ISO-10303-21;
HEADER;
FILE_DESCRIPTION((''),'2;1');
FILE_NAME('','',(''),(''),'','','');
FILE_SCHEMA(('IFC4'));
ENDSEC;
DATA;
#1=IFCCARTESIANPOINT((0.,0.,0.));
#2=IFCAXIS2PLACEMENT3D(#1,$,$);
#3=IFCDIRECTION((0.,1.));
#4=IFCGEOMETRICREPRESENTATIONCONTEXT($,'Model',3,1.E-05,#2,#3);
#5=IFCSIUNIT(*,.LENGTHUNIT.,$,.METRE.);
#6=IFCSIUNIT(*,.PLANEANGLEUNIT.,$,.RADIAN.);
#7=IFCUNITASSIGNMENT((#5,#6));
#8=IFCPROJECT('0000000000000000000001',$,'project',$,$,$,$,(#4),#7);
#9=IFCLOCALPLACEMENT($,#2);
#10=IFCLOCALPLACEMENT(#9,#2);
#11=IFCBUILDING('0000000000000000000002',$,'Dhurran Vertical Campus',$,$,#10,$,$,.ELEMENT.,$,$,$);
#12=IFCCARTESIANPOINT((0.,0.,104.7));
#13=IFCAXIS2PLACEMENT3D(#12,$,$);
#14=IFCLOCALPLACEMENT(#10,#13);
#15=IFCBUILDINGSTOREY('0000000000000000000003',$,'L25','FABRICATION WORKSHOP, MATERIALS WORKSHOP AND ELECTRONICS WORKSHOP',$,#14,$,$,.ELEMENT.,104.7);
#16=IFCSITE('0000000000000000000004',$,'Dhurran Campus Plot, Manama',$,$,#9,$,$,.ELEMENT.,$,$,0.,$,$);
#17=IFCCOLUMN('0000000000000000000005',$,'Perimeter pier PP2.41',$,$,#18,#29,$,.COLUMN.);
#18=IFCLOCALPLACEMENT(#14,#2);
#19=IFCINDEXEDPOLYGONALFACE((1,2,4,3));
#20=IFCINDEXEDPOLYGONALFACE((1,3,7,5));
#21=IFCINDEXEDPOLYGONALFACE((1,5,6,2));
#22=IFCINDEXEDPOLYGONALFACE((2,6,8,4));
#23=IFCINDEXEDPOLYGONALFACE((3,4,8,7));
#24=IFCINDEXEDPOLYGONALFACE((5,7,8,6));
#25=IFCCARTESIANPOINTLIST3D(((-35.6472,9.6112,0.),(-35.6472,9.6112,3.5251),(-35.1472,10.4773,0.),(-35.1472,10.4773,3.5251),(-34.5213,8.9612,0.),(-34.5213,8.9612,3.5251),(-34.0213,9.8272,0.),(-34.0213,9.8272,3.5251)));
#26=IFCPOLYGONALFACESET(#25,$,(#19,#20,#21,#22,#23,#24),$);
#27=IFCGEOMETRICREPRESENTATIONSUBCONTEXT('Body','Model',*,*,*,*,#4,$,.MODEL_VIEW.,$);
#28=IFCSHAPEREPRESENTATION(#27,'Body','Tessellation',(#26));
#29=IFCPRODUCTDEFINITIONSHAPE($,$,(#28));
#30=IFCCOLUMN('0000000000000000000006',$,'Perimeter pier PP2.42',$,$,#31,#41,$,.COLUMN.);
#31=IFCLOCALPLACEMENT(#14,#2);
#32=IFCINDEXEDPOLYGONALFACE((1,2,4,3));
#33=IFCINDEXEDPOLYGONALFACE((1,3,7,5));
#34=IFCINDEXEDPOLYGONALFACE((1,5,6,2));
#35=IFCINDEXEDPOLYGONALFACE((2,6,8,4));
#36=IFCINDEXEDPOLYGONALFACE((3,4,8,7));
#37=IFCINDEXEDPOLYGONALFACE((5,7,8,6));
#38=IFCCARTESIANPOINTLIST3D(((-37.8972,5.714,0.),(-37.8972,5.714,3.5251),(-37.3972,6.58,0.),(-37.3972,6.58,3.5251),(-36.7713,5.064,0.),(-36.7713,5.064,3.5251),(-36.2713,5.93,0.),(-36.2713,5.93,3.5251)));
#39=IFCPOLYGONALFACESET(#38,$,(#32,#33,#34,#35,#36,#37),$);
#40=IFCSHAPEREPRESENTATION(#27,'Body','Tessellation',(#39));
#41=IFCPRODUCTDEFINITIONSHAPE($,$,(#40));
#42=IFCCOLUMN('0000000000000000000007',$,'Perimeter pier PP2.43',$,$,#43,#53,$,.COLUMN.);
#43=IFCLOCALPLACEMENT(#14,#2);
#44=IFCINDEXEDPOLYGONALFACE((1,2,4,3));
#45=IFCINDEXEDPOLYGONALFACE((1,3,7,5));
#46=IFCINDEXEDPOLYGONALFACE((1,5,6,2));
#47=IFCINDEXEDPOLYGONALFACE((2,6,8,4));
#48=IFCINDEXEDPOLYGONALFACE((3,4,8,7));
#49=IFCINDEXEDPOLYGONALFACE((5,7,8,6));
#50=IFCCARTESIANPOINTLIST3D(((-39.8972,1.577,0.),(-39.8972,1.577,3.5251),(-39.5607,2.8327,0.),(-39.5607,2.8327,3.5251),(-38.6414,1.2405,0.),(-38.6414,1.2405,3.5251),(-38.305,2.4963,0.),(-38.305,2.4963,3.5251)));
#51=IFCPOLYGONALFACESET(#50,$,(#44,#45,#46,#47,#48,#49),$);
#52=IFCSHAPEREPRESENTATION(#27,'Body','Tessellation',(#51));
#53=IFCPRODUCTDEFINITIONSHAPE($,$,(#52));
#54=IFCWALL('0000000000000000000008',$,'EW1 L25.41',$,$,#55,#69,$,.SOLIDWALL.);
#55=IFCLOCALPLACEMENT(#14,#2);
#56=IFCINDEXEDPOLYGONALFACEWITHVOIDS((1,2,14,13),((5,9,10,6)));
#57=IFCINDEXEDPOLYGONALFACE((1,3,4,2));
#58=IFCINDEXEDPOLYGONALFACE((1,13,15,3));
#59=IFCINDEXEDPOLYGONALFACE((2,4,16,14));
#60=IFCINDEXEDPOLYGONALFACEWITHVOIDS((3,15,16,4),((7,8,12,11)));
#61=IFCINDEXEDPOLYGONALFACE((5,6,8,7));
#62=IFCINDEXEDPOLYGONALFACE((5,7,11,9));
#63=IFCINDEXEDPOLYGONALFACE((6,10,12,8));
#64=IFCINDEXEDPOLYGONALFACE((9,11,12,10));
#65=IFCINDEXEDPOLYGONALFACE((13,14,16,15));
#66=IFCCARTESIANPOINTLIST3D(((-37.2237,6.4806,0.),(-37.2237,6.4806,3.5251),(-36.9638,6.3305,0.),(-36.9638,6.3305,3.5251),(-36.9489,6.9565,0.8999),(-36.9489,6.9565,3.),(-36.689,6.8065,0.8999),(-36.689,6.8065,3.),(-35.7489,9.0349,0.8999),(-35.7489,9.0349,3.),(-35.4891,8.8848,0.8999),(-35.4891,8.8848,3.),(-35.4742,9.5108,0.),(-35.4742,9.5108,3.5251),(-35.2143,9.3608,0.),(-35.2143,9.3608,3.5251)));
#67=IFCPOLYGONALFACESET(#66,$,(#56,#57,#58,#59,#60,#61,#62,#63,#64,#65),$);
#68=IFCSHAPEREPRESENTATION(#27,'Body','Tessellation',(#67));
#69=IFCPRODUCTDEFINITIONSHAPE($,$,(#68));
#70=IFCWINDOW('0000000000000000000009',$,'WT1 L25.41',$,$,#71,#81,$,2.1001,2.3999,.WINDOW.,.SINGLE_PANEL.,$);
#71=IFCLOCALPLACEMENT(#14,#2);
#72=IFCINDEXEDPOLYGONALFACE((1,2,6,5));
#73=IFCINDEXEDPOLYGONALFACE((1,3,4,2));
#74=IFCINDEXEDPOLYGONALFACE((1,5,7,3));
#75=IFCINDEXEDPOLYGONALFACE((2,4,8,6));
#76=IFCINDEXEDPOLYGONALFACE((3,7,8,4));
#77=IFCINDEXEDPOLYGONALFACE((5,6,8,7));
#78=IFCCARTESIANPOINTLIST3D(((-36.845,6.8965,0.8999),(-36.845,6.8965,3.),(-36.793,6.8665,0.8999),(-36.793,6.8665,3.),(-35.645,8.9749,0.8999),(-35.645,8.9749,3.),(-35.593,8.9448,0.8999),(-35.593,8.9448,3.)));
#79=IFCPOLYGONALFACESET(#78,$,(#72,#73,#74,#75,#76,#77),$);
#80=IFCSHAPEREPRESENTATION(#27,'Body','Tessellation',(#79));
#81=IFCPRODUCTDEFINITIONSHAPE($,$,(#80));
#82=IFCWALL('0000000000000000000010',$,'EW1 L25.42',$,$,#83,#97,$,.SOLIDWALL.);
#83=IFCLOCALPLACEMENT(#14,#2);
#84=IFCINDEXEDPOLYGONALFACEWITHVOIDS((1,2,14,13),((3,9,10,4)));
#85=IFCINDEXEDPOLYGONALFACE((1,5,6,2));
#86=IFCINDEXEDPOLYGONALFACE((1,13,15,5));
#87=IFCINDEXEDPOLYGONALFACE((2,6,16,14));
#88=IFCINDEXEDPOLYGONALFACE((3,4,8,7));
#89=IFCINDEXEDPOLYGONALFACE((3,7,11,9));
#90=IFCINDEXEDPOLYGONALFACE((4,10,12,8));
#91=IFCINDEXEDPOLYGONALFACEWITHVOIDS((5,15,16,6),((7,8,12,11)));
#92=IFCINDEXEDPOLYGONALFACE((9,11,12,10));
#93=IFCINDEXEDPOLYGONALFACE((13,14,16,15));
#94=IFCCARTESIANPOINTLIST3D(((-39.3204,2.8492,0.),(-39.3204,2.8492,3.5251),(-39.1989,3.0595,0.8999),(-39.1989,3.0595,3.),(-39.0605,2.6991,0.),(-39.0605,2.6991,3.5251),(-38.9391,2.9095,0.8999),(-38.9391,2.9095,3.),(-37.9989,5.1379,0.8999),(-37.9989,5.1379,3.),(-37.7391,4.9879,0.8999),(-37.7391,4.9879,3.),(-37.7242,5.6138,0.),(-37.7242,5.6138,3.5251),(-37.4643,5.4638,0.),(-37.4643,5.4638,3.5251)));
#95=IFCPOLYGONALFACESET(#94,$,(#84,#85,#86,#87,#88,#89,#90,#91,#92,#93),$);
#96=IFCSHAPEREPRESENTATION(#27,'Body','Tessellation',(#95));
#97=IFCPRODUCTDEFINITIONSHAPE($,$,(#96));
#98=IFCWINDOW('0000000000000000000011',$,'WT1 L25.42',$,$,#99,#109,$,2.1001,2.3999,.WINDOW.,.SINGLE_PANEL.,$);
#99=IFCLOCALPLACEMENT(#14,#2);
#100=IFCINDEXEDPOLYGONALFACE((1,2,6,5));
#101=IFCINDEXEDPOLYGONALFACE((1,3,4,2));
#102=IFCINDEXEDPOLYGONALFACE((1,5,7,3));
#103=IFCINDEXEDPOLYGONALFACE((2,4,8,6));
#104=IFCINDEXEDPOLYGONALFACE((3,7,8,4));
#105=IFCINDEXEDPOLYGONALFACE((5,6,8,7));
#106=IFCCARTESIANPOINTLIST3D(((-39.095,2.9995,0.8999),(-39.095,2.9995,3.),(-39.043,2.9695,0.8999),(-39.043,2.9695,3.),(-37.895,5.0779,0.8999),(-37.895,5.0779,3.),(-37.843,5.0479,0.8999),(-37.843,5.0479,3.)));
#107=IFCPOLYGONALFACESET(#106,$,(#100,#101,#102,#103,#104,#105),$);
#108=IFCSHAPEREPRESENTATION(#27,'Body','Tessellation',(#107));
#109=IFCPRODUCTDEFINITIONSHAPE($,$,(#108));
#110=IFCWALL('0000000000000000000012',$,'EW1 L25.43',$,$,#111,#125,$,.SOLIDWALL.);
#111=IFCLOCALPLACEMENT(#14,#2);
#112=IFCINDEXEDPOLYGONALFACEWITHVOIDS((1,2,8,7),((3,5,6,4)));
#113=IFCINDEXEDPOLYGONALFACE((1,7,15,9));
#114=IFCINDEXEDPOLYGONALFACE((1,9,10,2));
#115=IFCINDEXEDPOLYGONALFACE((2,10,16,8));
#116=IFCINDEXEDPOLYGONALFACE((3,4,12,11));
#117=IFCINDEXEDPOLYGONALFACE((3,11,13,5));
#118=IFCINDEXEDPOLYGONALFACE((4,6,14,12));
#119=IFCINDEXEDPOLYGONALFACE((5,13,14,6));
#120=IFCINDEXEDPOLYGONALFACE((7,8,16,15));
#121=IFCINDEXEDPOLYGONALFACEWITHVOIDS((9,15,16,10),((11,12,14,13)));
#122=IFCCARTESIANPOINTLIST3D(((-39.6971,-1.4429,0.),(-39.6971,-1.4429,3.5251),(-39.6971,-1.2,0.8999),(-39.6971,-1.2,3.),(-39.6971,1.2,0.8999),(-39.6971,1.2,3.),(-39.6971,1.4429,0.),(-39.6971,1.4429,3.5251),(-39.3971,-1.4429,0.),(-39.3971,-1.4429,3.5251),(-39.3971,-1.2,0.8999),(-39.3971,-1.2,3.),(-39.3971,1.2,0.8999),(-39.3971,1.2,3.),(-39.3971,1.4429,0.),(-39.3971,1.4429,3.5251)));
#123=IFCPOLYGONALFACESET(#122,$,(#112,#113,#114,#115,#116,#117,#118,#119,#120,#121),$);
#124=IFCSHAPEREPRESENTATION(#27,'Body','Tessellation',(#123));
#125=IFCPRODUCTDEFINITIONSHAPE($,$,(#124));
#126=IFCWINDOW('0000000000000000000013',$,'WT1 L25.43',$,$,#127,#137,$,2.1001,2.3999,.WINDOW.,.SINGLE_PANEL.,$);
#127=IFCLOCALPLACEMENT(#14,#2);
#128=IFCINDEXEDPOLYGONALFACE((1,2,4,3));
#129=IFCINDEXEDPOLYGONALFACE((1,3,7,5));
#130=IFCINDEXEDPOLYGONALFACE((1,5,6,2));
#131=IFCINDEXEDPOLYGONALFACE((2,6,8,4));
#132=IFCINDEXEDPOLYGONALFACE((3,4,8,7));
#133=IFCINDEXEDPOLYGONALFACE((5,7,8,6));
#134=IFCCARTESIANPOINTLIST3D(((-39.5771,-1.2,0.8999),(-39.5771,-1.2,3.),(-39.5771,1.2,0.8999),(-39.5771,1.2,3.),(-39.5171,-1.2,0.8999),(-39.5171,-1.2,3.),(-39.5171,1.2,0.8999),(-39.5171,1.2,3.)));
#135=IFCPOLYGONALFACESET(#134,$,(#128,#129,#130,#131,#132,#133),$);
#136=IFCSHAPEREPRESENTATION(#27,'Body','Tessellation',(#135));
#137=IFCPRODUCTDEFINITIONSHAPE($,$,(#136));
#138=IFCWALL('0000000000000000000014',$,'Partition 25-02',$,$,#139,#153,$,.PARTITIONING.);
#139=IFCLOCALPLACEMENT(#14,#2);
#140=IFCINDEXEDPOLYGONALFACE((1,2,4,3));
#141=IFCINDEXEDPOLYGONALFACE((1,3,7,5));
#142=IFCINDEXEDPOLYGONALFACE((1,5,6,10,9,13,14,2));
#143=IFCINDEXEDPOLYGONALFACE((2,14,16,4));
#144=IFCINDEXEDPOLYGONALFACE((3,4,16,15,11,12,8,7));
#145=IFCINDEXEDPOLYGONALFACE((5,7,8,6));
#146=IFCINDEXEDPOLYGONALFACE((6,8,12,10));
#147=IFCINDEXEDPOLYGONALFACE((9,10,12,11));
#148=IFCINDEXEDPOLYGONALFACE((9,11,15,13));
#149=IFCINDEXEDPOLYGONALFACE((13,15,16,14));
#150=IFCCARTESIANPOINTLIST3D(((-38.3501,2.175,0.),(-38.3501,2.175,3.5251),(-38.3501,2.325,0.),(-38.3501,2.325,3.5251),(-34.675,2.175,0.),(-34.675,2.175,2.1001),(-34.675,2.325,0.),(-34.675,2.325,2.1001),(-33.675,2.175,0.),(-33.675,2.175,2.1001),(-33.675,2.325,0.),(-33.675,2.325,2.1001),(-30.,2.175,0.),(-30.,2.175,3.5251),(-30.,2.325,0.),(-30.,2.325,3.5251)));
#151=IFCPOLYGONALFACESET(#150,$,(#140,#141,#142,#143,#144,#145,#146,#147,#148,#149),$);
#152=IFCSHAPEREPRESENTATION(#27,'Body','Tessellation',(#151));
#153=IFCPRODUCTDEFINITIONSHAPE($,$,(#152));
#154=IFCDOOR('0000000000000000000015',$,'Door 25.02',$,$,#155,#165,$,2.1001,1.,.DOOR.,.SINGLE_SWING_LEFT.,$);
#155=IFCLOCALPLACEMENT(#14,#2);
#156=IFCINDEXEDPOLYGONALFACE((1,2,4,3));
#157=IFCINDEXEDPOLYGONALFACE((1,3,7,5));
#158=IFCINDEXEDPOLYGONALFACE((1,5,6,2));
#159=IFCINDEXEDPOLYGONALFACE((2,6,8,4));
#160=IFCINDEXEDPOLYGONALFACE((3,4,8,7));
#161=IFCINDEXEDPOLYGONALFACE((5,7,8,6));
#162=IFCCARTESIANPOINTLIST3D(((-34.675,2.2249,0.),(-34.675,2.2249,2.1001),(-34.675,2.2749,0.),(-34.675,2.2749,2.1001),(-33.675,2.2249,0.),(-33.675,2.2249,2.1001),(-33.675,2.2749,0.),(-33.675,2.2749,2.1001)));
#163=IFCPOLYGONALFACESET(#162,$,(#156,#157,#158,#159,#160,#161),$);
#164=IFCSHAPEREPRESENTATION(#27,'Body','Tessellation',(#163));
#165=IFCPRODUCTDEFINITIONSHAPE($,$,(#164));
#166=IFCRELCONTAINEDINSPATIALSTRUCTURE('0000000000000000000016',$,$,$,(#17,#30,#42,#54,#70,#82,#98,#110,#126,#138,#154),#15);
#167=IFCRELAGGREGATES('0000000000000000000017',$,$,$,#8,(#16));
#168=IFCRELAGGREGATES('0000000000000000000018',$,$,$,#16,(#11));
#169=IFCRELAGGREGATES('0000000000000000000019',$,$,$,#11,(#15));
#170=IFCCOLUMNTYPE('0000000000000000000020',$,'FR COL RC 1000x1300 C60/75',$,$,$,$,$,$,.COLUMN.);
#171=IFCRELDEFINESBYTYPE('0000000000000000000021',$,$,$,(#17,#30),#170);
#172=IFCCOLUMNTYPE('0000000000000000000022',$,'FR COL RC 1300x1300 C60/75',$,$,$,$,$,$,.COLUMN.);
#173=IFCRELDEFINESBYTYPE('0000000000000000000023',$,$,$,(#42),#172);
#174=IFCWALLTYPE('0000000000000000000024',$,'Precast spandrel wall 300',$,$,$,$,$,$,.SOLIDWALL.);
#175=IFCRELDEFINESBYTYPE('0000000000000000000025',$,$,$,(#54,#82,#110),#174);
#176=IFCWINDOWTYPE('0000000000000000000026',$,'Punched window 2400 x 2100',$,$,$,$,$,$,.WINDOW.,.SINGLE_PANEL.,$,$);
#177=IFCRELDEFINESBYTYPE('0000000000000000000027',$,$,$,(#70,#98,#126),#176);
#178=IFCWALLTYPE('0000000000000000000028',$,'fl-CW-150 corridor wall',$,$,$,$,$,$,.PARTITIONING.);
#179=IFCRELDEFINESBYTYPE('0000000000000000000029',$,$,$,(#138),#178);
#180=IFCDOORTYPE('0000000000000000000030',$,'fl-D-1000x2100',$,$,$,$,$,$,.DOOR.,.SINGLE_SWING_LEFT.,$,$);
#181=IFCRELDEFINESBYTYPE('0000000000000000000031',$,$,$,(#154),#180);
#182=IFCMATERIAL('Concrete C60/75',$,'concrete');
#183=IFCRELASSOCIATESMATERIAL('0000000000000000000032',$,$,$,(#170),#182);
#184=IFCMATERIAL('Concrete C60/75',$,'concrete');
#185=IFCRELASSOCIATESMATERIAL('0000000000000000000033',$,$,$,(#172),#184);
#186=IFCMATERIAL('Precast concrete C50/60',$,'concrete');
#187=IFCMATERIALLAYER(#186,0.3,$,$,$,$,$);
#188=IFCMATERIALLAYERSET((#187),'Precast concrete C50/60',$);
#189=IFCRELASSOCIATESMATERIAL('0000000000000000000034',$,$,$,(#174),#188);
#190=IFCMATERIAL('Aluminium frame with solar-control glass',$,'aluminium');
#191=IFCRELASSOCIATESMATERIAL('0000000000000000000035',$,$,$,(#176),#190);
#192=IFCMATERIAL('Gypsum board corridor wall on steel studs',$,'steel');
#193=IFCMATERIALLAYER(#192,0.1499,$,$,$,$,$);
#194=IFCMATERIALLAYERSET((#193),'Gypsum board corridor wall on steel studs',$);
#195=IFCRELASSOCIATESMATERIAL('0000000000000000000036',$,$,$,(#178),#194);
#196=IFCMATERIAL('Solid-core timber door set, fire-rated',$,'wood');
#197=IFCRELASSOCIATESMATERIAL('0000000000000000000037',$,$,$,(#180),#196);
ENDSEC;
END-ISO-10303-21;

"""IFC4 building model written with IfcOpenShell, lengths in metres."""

from ifc_helpers import new_model, si_unit, direction, frame, frame_2d, origin, origin_2d, place, context, subcontext, project, spatial, rectangle, extrude, material, layer, layer_set, material_profile, profile_set, type_object, element, fill, save


model = new_model("IFC4")

# Units and contexts
model_context = context("Model", 3, precision=1e-05, world=origin(), true_north=direction((0.0, 1.0)))
body_context = subcontext(model_context, "Body", "Model", "MODEL_VIEW")
ifc_project = project(units=[si_unit("LENGTHUNIT", "METRE"), si_unit("PLANEANGLEUNIT", "RADIAN")], contexts=[model_context])

# Site, building, storey
site_placement = place(None, origin())
site = spatial("IfcSite", under=ifc_project, at=site_placement, Name="Dhurran Campus Plot, Manama", CompositionType="ELEMENT", RefElevation=0.0)
building_placement = place(site_placement, origin())
building = spatial("IfcBuilding", under=site, at=building_placement, Name="Dhurran Vertical Campus", CompositionType="ELEMENT")
storey_placement = place(building_placement, frame((0.0, 0.0, 104.7)))
storey = spatial("IfcBuildingStorey", under=building, at=storey_placement, Name="L25", Description="FABRICATION WORKSHOP, MATERIALS WORKSHOP AND ELECTRONICS WORKSHOP", CompositionType="ELEMENT", Elevation=104.7)

# Columns
ifc_material_1 = material(Name="Concrete C60/75", Category="concrete")
ifc_material_profile_1 = material_profile(ifc_material_1, rectangle(XDim=1.0, YDim=1.3, at=origin_2d()), Name="RC 1000x1300")
ifc_profile_set_1 = profile_set([ifc_material_profile_1], Name="Concrete C60/75")
column_type_1 = type_object("IfcColumnType", Name="FR COL RC 1000x1300 C60/75", PredefinedType="COLUMN", material=ifc_profile_set_1)
for number, where, z_axis, x_axis, name in (
    (1, (-34.8342, 9.7192, 0.0), (0.0, 0.0, 1.0), (-0.5, -0.866025, 0.0), "Perimeter pier PP2.41"),
    (2, (-37.0842, 5.822, 0.0), (0.0, 0.0, 1.0), (-0.5, -0.866025, 0.0), "Perimeter pier PP2.42"),
):
    element("IfcColumn", number, at=place(storey_placement, frame(where, z_axis=z_axis, x_axis=x_axis)), inside=storey, type_object=column_type_1, Name=name, PredefinedType="COLUMN", context=body_context, shape_type="SweptSolid", body=[
        extrude(rectangle(XDim=1.0, YDim=1.3, at=origin_2d()), origin(), (0.0, 0.0, 1.0), 3.5251),
    ])
ifc_material_2 = material(Name="Concrete C60/75", Category="concrete")
ifc_material_profile_2 = material_profile(ifc_material_2, rectangle(XDim=1.3, YDim=1.3, at=origin_2d()), Name="RC 1300x1300")
ifc_profile_set_2 = profile_set([ifc_material_profile_2], Name="Concrete C60/75")
column_type_2 = type_object("IfcColumnType", Name="FR COL RC 1300x1300 C60/75", PredefinedType="COLUMN", material=ifc_profile_set_2)
column_placement = place(storey_placement, frame((-39.1011, 2.0366, 0.0), z_axis=(0.0, 0.0, 1.0), x_axis=(-0.258819, -0.965926, 0.0)))
element("IfcColumn", 3, at=column_placement, inside=storey, type_object=column_type_2, Name="Perimeter pier PP2.43", PredefinedType="COLUMN", context=body_context, shape_type="SweptSolid", body=[
    extrude(rectangle(XDim=1.3, YDim=1.3, at=origin_2d()), origin(), (0.0, 0.0, 1.0), 3.5251),
])

# Walls, openings, windows
ifc_material_3 = material(Name="Precast concrete C50/60", Category="concrete")
ifc_layer_1 = layer(ifc_material_3, 0.3)
ifc_layer_set_1 = layer_set([ifc_layer_1], Name="Precast concrete C50/60")
wall_type_1 = type_object("IfcWallType", Name="Precast spandrel wall 300", PredefinedType="SOLIDWALL", material=ifc_layer_set_1)
wall_1_placement = place(storey_placement, frame((-35.3442, 9.4358, 0.0), z_axis=(0.0, 0.0, 1.0), x_axis=(-0.499996, -0.866028, 0.0)))
wall_1 = element("IfcWall", 4, at=wall_1_placement, inside=storey, type_object=wall_type_1, Name="EW1 L25.41", PredefinedType="SOLIDWALL", context=body_context, shape_type="SweptSolid", body=[
    extrude(rectangle(XDim=3.499, YDim=0.3, at=frame_2d((1.7495, 0.0))), origin(), (0.0, 0.0, 1.0), 3.5251),
])
opening_1_placement = place(wall_1_placement, frame((0.5496, 0.0, 0.8999)))
opening_1 = element("IfcOpeningElement", 5, at=opening_1_placement, cuts=wall_1, PredefinedType="OPENING", context=body_context, shape_type="SweptSolid", body=[
    extrude(rectangle(XDim=2.3999, YDim=2.1001, at=frame_2d((1.2, 1.05))), frame((0.0, 0.1599, 0.0), z_axis=(0.0, -1.0, 0.0), x_axis=(1.0, 0.0, 0.0)), (0.0, 0.0, 1.0), 0.3201),
])
ifc_material_4 = material(Name="Aluminium frame with solar-control glass", Category="aluminium")
window_type = type_object("IfcWindowType", Name="Punched window 2400 x 2100", PartitioningType="SINGLE_PANEL", PredefinedType="WINDOW", material=ifc_material_4)
window_1_placement = place(opening_1_placement, origin())
window_1 = element("IfcWindow", 6, at=window_1_placement, inside=storey, type_object=window_type, Name="WT1 L25.41", OverallHeight=2.1001, OverallWidth=2.3999, PartitioningType="SINGLE_PANEL", PredefinedType="WINDOW", context=body_context, shape_type="SweptSolid", body=[
    extrude(rectangle(XDim=2.3999, YDim=2.1001, at=frame_2d((1.2, 1.05))), frame((0.0, 0.03, 0.0), z_axis=(0.0, -1.0, 0.0), x_axis=(1.0, 0.0, 0.0)), (0.0, 0.0, 1.0), 0.0601),
])
fill(opening_1, window_1)
wall_2_placement = place(storey_placement, frame((-37.5942, 5.5388, 0.0), z_axis=(0.0, 0.0, 1.0), x_axis=(-0.500005, -0.866023, 0.0)))
wall_2 = element("IfcWall", 7, at=wall_2_placement, inside=storey, type_object=wall_type_1, Name="EW1 L25.42", PredefinedType="SOLIDWALL", context=body_context, shape_type="SweptSolid", body=[
    extrude(rectangle(XDim=3.1924, YDim=0.3, at=frame_2d((1.5962, 0.0))), origin(), (0.0, 0.0, 1.0), 3.5251),
])
opening_2_placement = place(wall_2_placement, frame((0.5496, 0.0, 0.8999)))
opening_2 = element("IfcOpeningElement", 8, at=opening_2_placement, cuts=wall_2, PredefinedType="OPENING", context=body_context, shape_type="SweptSolid", body=[
    extrude(rectangle(XDim=2.3999, YDim=2.1001, at=frame_2d((1.2, 1.05))), frame((0.0, 0.1599, 0.0), z_axis=(0.0, -1.0, 0.0), x_axis=(1.0, 0.0, 0.0)), (0.0, 0.0, 1.0), 0.3201),
])
window_2_placement = place(opening_2_placement, origin())
window_2 = element("IfcWindow", 9, at=window_2_placement, inside=storey, type_object=window_type, Name="WT1 L25.42", OverallHeight=2.1001, OverallWidth=2.3999, PartitioningType="SINGLE_PANEL", PredefinedType="WINDOW", context=body_context, shape_type="SweptSolid", body=[
    extrude(rectangle(XDim=2.3999, YDim=2.1001, at=frame_2d((1.2, 1.05))), frame((0.0, 0.03, 0.0), z_axis=(0.0, -1.0, 0.0), x_axis=(1.0, 0.0, 0.0)), (0.0, 0.0, 1.0), 0.0601),
])
fill(opening_2, window_2)
wall_3_placement = place(storey_placement, frame((-39.5471, 1.4429, 0.0), z_axis=(0.0, 0.0, 1.0), x_axis=(0.0, -1.0, 0.0)))
wall_3 = element("IfcWall", 10, at=wall_3_placement, inside=storey, type_object=wall_type_1, Name="EW1 L25.43", PredefinedType="SOLIDWALL", context=body_context, shape_type="SweptSolid", body=[
    extrude(rectangle(XDim=2.8857, YDim=0.3, at=frame_2d((1.4429, 0.0))), origin(), (0.0, 0.0, 1.0), 3.5251),
])
opening_3_placement = place(wall_3_placement, frame((0.2429, 0.0, 0.8999)))
opening_3 = element("IfcOpeningElement", 11, at=opening_3_placement, cuts=wall_3, PredefinedType="OPENING", context=body_context, shape_type="SweptSolid", body=[
    extrude(rectangle(XDim=2.3999, YDim=2.1001, at=frame_2d((1.2, 1.05))), frame((0.0, 0.1599, 0.0), z_axis=(0.0, -1.0, 0.0), x_axis=(1.0, 0.0, 0.0)), (0.0, 0.0, 1.0), 0.3201),
])
window_3_placement = place(opening_3_placement, origin())
window_3 = element("IfcWindow", 12, at=window_3_placement, inside=storey, type_object=window_type, Name="WT1 L25.43", OverallHeight=2.1001, OverallWidth=2.3999, PartitioningType="SINGLE_PANEL", PredefinedType="WINDOW", context=body_context, shape_type="SweptSolid", body=[
    extrude(rectangle(XDim=2.3999, YDim=2.1001, at=frame_2d((1.2, 1.05))), frame((0.0, 0.03, 0.0), z_axis=(0.0, -1.0, 0.0), x_axis=(1.0, 0.0, 0.0)), (0.0, 0.0, 1.0), 0.0601),
])
fill(opening_3, window_3)

# Wall, opening, door
ifc_material_5 = material(Name="Gypsum board corridor wall on steel studs", Category="steel")
ifc_layer_2 = layer(ifc_material_5, 0.1499)
ifc_layer_set_2 = layer_set([ifc_layer_2], Name="Gypsum board corridor wall on steel studs")
wall_type_2 = type_object("IfcWallType", Name="fl-CW-150 corridor wall", PredefinedType="PARTITIONING", material=ifc_layer_set_2)
wall_4_placement = place(storey_placement, frame((-38.3501, 2.25, 0.0), z_axis=(0.0, 0.0, 1.0), x_axis=(1.0, 0.0, 0.0)))
wall_4 = element("IfcWall", 13, at=wall_4_placement, inside=storey, type_object=wall_type_2, Name="Partition 25-02", PredefinedType="PARTITIONING", context=body_context, shape_type="SweptSolid", body=[
    extrude(rectangle(XDim=8.3501, YDim=0.1499, at=frame_2d((4.175, 0.0))), origin(), (0.0, 0.0, 1.0), 3.5251),
])
opening_4_placement = place(wall_4_placement, frame((3.675, 0.0, 0.0)))
opening_4 = element("IfcOpeningElement", 14, at=opening_4_placement, cuts=wall_4, PredefinedType="OPENING", context=body_context, shape_type="SweptSolid", body=[
    extrude(rectangle(XDim=1.0, YDim=2.1001, at=frame_2d((0.5, 1.05))), frame((0.0, 0.085, 0.0), z_axis=(0.0, -1.0, 0.0), x_axis=(1.0, 0.0, 0.0)), (0.0, 0.0, 1.0), 0.1699),
])
ifc_material_6 = material(Name="Solid-core timber door set, fire-rated", Category="wood")
door_type = type_object("IfcDoorType", Name="fl-D-1000x2100", OperationType="SINGLE_SWING_LEFT", PredefinedType="DOOR", material=ifc_material_6)
door_placement = place(opening_4_placement, origin())
door = element("IfcDoor", 15, at=door_placement, inside=storey, type_object=door_type, Name="Door 25.02", OperationType="SINGLE_SWING_LEFT", OverallHeight=2.1001, OverallWidth=1.0, PredefinedType="DOOR", context=body_context, shape_type="SweptSolid", body=[
    extrude(rectangle(XDim=1.0, YDim=2.1001, at=frame_2d((0.5, 1.05))), frame((0.0, 0.0249, 0.0), z_axis=(0.0, -1.0, 0.0), x_axis=(1.0, 0.0, 0.0)), (0.0, 0.0, 1.0), 0.05),
])
fill(opening_4, door)

save(model, "model.ifc")
